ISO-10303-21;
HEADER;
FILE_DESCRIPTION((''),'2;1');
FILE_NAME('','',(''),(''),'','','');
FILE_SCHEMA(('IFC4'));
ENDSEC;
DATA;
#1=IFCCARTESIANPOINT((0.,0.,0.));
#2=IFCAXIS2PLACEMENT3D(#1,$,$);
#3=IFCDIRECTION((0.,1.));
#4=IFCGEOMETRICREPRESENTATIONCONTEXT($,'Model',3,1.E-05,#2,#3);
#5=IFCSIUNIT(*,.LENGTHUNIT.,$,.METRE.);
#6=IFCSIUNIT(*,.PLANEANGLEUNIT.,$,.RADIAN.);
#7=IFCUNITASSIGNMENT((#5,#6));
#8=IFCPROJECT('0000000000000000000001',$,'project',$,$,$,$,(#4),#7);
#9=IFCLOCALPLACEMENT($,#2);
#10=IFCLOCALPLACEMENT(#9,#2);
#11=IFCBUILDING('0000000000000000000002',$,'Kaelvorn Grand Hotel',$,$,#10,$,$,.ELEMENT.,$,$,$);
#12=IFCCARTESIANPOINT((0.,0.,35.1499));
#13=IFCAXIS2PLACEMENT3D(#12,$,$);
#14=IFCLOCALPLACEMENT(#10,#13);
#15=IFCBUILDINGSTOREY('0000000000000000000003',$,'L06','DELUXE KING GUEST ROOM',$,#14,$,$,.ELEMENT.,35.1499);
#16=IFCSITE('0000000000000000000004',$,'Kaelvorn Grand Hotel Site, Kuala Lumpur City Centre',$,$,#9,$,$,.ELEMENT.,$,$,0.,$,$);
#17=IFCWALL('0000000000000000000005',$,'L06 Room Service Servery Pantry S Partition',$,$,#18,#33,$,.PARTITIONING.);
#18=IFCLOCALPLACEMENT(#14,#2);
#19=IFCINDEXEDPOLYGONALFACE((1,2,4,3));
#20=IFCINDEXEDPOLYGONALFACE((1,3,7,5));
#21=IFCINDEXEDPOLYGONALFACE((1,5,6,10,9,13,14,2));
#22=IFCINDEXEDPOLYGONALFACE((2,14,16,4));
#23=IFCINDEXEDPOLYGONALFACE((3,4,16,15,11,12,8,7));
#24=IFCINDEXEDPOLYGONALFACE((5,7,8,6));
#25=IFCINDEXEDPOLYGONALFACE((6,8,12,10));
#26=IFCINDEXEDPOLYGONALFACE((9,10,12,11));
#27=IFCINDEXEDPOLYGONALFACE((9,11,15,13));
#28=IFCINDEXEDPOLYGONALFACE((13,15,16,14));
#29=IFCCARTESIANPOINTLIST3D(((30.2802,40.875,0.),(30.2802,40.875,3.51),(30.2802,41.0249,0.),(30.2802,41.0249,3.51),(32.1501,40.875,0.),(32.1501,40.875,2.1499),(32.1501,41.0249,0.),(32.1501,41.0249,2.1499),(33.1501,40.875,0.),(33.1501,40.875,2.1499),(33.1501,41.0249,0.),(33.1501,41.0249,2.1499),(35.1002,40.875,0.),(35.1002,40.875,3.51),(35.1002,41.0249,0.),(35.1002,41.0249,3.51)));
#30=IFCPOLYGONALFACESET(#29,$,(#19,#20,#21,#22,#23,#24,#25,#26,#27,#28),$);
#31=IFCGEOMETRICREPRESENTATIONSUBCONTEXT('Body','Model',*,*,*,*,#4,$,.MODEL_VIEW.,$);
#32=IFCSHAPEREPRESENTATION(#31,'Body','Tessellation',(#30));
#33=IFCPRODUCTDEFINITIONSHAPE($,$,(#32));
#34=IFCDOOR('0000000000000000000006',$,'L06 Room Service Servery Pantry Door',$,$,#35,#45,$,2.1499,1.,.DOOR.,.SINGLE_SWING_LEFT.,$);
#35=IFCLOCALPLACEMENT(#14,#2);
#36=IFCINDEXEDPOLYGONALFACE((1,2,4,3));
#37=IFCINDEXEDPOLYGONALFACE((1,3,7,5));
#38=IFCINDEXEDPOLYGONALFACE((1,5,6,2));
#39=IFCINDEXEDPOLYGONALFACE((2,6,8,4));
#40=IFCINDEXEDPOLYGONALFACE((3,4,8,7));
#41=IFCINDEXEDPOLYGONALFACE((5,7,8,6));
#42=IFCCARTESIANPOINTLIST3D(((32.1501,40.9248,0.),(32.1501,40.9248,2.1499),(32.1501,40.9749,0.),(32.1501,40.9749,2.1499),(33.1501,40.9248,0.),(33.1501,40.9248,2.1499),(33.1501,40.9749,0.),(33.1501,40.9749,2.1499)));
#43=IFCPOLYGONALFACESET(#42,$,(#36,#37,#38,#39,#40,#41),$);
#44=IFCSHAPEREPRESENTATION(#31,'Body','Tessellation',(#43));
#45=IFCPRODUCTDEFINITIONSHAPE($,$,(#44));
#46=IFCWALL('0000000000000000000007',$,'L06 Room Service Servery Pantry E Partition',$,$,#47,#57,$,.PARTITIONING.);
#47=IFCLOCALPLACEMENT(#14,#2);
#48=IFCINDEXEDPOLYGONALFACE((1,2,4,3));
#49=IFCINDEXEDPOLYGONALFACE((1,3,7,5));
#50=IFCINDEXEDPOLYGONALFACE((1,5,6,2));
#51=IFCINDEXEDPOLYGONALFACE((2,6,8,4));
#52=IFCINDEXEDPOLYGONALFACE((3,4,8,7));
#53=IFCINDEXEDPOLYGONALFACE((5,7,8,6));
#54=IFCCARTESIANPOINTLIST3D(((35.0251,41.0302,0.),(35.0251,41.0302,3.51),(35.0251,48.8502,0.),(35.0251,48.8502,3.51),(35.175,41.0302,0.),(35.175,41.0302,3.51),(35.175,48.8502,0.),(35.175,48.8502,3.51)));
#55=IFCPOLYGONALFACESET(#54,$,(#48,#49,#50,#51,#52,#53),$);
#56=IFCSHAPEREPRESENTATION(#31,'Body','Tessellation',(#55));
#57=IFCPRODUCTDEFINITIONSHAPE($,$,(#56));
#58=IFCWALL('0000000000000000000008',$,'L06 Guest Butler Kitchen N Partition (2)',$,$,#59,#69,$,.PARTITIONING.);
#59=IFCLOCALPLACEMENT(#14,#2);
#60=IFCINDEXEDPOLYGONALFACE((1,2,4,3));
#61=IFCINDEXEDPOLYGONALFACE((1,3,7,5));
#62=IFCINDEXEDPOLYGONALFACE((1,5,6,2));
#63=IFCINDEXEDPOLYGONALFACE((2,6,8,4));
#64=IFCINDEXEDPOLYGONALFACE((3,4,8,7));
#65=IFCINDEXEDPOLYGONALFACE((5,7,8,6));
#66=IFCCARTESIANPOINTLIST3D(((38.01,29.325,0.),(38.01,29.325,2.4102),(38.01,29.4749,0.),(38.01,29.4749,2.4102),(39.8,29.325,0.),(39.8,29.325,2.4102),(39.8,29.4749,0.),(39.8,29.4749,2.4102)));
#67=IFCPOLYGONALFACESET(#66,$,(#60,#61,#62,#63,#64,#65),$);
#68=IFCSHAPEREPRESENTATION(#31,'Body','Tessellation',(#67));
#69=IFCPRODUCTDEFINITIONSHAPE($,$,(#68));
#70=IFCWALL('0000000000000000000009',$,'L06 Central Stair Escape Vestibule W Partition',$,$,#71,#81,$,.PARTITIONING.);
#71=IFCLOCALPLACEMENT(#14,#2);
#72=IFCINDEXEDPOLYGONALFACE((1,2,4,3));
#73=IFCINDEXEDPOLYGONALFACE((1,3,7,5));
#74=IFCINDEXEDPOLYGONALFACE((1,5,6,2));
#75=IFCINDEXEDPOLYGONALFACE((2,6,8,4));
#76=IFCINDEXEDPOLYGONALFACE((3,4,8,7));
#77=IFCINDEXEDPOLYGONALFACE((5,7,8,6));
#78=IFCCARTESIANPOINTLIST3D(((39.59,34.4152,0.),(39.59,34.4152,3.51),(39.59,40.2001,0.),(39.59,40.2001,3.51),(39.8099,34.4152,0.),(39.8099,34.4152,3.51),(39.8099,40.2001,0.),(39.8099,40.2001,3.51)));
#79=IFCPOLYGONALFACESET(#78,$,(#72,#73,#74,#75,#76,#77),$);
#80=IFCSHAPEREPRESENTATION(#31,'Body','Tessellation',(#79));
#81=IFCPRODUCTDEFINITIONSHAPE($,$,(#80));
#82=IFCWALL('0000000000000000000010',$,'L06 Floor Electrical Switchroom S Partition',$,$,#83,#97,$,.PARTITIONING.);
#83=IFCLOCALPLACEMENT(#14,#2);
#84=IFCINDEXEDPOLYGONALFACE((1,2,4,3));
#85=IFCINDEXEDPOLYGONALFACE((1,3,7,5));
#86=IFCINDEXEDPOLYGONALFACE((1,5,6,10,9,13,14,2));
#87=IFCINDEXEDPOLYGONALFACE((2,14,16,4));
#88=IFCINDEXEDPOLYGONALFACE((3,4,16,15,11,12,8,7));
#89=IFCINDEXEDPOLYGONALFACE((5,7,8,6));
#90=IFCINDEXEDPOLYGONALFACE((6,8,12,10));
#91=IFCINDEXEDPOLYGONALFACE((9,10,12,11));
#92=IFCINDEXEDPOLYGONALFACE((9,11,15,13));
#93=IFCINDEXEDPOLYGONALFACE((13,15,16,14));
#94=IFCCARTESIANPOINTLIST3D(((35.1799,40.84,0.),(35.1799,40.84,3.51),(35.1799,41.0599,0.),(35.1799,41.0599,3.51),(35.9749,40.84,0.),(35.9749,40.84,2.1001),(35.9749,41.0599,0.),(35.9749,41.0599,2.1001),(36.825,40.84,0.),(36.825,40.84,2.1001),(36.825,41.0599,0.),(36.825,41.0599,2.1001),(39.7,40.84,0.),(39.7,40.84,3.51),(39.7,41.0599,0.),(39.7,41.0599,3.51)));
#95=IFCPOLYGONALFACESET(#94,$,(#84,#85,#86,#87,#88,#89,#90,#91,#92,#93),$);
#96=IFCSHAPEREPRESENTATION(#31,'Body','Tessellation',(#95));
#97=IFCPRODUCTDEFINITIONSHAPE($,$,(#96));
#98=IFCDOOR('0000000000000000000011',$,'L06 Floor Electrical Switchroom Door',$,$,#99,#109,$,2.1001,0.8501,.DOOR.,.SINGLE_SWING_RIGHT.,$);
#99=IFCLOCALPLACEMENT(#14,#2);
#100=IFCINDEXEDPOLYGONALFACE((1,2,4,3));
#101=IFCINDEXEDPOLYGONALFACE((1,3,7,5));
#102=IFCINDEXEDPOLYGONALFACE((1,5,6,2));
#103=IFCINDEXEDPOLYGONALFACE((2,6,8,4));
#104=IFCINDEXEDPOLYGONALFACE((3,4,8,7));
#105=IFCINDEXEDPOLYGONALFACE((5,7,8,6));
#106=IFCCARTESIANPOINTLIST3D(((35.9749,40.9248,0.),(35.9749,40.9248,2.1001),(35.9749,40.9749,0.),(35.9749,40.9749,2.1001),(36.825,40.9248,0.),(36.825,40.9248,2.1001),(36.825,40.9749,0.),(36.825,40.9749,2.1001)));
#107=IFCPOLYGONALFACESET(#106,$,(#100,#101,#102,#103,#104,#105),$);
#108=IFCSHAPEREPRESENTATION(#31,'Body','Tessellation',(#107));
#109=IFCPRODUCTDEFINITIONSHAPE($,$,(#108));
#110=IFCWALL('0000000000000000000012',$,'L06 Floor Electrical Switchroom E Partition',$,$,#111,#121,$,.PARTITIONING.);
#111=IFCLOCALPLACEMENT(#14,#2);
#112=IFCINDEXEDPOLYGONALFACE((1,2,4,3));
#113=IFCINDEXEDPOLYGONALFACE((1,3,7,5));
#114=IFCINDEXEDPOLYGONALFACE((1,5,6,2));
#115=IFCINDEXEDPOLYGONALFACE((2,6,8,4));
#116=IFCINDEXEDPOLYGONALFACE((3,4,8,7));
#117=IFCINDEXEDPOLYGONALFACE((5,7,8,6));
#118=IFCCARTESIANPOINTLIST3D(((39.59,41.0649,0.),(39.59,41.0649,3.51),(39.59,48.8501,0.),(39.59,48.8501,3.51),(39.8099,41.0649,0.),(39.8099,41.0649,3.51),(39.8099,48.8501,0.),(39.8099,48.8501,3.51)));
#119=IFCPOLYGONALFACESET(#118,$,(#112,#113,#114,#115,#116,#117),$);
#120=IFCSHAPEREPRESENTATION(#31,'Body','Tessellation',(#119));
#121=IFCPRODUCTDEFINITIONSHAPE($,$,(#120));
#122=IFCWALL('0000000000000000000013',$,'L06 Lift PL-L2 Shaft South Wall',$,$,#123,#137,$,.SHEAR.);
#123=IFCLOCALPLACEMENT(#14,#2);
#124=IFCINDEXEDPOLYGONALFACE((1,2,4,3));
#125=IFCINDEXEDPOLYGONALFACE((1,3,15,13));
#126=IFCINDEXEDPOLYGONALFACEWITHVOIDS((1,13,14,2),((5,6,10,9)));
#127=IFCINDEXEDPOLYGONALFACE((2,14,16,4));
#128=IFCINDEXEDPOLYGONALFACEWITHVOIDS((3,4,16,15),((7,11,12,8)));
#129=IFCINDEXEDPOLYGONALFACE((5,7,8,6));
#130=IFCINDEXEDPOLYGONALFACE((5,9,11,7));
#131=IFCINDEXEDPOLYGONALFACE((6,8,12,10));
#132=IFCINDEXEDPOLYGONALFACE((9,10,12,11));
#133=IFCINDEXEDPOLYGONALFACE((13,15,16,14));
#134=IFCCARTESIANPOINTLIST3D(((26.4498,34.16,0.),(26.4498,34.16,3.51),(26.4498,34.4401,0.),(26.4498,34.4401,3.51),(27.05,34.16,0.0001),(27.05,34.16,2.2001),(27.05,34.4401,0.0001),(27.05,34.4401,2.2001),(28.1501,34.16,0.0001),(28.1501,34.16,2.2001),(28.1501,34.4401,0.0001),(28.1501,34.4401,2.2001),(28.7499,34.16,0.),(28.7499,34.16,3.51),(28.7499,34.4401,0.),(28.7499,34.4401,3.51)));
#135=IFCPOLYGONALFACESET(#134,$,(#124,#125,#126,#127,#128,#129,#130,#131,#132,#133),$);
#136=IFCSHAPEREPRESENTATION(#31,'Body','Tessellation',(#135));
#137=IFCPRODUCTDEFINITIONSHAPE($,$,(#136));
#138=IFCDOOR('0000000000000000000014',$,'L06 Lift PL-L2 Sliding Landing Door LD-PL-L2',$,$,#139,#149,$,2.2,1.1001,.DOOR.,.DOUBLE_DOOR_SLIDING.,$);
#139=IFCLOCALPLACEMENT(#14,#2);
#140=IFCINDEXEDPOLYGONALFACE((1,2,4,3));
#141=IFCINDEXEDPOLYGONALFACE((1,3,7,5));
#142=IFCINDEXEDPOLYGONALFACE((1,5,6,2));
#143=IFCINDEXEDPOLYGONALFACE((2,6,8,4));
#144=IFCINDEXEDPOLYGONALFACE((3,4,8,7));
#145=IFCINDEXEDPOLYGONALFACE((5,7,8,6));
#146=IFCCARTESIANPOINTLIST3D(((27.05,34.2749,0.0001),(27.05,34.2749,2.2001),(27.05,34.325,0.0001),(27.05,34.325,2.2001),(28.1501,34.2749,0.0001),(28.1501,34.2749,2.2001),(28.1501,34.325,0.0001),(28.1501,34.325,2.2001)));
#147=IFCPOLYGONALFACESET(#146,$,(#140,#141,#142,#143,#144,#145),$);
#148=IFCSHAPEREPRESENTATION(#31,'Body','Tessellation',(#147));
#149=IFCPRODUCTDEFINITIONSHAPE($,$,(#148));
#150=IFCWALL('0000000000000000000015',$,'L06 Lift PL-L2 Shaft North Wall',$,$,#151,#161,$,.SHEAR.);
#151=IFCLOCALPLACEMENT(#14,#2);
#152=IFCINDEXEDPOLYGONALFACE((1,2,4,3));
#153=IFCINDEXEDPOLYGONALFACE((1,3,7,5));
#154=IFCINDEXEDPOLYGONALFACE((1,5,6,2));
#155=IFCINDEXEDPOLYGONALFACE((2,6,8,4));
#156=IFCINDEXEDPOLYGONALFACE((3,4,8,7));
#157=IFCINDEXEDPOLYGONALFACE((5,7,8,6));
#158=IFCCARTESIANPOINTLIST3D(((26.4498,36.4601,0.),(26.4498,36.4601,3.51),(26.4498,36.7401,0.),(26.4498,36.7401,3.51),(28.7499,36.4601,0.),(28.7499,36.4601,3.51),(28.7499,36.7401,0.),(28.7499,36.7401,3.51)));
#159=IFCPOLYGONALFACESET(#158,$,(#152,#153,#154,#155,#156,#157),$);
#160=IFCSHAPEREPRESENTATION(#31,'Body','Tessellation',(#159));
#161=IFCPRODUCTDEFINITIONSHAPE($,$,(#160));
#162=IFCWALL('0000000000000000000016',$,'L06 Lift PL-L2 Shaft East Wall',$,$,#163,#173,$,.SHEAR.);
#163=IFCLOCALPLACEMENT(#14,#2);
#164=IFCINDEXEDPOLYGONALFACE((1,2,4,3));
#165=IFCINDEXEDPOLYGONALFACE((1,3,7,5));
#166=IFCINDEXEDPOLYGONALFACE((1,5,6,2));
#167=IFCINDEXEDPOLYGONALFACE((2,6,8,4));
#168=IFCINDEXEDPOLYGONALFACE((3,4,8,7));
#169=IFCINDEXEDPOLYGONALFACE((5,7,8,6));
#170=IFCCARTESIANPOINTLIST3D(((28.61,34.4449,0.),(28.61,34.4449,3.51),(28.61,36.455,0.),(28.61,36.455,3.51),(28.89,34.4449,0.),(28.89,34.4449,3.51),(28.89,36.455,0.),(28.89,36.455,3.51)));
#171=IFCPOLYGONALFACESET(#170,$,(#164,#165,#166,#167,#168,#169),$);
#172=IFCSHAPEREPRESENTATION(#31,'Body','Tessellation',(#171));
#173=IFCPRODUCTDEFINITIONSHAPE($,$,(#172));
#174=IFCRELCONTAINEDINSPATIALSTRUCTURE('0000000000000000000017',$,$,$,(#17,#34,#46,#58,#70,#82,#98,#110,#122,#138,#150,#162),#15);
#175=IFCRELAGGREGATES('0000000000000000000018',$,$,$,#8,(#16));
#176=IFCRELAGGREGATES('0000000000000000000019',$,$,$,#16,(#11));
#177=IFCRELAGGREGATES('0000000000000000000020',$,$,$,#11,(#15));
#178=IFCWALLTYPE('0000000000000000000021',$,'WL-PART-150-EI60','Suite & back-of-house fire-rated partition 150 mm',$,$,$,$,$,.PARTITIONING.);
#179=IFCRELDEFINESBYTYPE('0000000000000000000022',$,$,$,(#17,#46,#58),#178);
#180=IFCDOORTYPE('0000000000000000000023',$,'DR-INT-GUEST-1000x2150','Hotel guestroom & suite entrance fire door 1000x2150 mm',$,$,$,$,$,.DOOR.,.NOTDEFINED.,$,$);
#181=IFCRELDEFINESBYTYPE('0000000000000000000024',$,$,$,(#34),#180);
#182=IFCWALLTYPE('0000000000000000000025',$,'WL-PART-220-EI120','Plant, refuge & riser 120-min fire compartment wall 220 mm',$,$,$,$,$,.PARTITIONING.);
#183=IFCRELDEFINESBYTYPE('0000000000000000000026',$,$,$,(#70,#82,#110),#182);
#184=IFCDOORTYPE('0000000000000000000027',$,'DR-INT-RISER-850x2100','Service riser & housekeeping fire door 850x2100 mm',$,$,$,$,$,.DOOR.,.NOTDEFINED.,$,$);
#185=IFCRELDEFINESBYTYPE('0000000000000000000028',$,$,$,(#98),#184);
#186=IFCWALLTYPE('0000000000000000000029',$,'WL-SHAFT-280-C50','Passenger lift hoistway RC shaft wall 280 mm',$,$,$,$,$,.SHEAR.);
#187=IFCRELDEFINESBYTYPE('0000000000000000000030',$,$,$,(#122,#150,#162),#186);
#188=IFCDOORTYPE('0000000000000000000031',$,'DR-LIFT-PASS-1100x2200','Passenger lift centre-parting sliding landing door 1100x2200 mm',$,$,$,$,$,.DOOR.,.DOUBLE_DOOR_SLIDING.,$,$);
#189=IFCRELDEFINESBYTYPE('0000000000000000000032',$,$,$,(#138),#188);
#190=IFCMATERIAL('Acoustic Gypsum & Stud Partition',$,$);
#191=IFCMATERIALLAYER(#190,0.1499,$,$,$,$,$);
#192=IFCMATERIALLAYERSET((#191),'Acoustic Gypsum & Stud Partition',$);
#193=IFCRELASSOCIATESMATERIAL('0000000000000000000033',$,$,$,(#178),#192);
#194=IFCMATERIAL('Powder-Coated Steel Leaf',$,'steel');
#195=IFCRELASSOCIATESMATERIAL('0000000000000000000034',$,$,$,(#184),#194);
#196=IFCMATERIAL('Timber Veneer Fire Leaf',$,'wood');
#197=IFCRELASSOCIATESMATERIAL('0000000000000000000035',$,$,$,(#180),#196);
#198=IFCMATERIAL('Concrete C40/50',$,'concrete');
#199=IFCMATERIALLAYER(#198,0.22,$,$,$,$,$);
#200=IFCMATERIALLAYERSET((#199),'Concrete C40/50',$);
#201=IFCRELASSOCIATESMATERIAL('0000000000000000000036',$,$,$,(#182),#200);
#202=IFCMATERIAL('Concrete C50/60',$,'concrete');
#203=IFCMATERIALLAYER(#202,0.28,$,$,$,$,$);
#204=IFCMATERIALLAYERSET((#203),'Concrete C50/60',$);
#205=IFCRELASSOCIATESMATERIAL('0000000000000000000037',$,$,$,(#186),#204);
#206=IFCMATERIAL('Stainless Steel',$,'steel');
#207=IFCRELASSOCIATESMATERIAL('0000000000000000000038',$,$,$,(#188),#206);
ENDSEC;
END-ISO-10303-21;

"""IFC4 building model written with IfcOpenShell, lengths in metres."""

from ifc_helpers import new_model, si_unit, direction, frame, frame_2d, origin, place, context, subcontext, project, spatial, rectangle, extrude, material, layer, layer_set, type_object, element, fill, save


model = new_model("IFC4")

# Units and contexts
model_context = context("Model", 3, precision=1e-05, world=origin(), true_north=direction((0.0, 1.0)))
body_context = subcontext(model_context, "Body", "Model", "MODEL_VIEW")
ifc_project = project(units=[si_unit("LENGTHUNIT", "METRE"), si_unit("PLANEANGLEUNIT", "RADIAN")], contexts=[model_context])

# Site, building, storey
site_placement = place(None, origin())
site = spatial("IfcSite", under=ifc_project, at=site_placement, Name="Kaelvorn Grand Hotel Site, Kuala Lumpur City Centre", CompositionType="ELEMENT", RefElevation=0.0)
building_placement = place(site_placement, origin())
building = spatial("IfcBuilding", under=site, at=building_placement, Name="Kaelvorn Grand Hotel", CompositionType="ELEMENT")
storey_placement = place(building_placement, frame((0.0, 0.0, 35.1499)))
storey = spatial("IfcBuildingStorey", under=building, at=storey_placement, Name="L06", Description="DELUXE KING GUEST ROOM", CompositionType="ELEMENT", Elevation=35.1499)

# Shared definitions
ifc_material_1 = material(Name="Acoustic Gypsum & Stud Partition")
ifc_layer_1 = layer(ifc_material_1, 0.1499)
ifc_layer_set_1 = layer_set([ifc_layer_1], Name="Acoustic Gypsum & Stud Partition")
wall_type_1 = type_object("IfcWallType", Name="WL-PART-150-EI60", Description="Suite & back-of-house fire-rated partition 150 mm", PredefinedType="PARTITIONING", material=ifc_layer_set_1)
ifc_material_2 = material(Name="Powder-Coated Steel Leaf", Category="steel")
door_type_1 = type_object("IfcDoorType", Name="DR-INT-RISER-850x2100", Description="Service riser & housekeeping fire door 850x2100 mm", OperationType="NOTDEFINED", PredefinedType="DOOR", material=ifc_material_2)

# Wall, opening, door
wall_1_placement = place(storey_placement, frame((30.28, 40.95, 0.0), z_axis=(0.0, 0.0, 1.0), x_axis=(1.0, 0.0, 0.0)))
wall_1 = element("IfcWall", 1, at=wall_1_placement, inside=storey, type_object=wall_type_1, Name="L06 Room Service Servery Pantry S Partition", PredefinedType="PARTITIONING", context=body_context, shape_type="SweptSolid", body=[
    extrude(rectangle(XDim=4.8201, YDim=0.1499, at=frame_2d((2.4102, 0.0))), origin(), (0.0, 0.0, 1.0), 3.51),
])
opening_1_placement = place(wall_1_placement, frame((1.8701, 0.0, 0.0)))
opening_1 = element("IfcOpeningElement", 2, at=opening_1_placement, cuts=wall_1, PredefinedType="OPENING", context=body_context, shape_type="SweptSolid", body=[
    extrude(rectangle(XDim=1.0, YDim=2.1499, at=frame_2d((0.5, 1.075))), frame((0.0, 0.085, 0.0), z_axis=(0.0, -1.0, 0.0), x_axis=(1.0, 0.0, 0.0)), (0.0, 0.0, 1.0), 0.1699),
])
ifc_material_3 = material(Name="Timber Veneer Fire Leaf", Category="wood")
door_type_2 = type_object("IfcDoorType", Name="DR-INT-GUEST-1000x2150", Description="Hotel guestroom & suite entrance fire door 1000x2150 mm", OperationType="NOTDEFINED", PredefinedType="DOOR", material=ifc_material_3)
door_1_placement = place(opening_1_placement, origin())
door_1 = element("IfcDoor", 3, at=door_1_placement, inside=storey, type_object=door_type_2, Name="L06 Room Service Servery Pantry Door", OperationType="SINGLE_SWING_LEFT", OverallHeight=2.1499, OverallWidth=1.0, PredefinedType="DOOR", context=body_context, shape_type="SweptSolid", body=[
    extrude(rectangle(XDim=1.0, YDim=2.1499, at=frame_2d((0.5, 1.075))), frame((0.0, 0.0249, 0.0), z_axis=(0.0, -1.0, 0.0), x_axis=(1.0, 0.0, 0.0)), (0.0, 0.0, 1.0), 0.05),
])
fill(opening_1, door_1)

# Walls
wall_2_placement = place(storey_placement, frame((35.1001, 41.03, 0.0), z_axis=(0.0, 0.0, 1.0), x_axis=(0.0, 1.0, 0.0)))
element("IfcWall", 4, at=wall_2_placement, inside=storey, type_object=wall_type_1, Name="L06 Room Service Servery Pantry E Partition", PredefinedType="PARTITIONING", context=body_context, shape_type="SweptSolid", body=[
    extrude(rectangle(XDim=7.8201, YDim=0.1499, at=frame_2d((3.9102, 0.0))), origin(), (0.0, 0.0, 1.0), 3.51),
])
wall_3_placement = place(storey_placement, frame((38.01, 29.3999, 0.0), z_axis=(0.0, 0.0, 1.0), x_axis=(1.0, 0.0, 0.0)))
element("IfcWall", 5, at=wall_3_placement, inside=storey, type_object=wall_type_1, Name="L06 Guest Butler Kitchen N Partition (2)", PredefinedType="PARTITIONING", context=body_context, shape_type="SweptSolid", body=[
    extrude(rectangle(XDim=1.79, YDim=0.1499, at=frame_2d((0.895, 0.0))), origin(), (0.0, 0.0, 1.0), 2.4102),
])

# Shared definitions
ifc_material_4 = material(Name="Concrete C40/50", Category="concrete")
ifc_layer_2 = layer(ifc_material_4, 0.22)
ifc_layer_set_2 = layer_set([ifc_layer_2], Name="Concrete C40/50")
wall_type_2 = type_object("IfcWallType", Name="WL-PART-220-EI120", Description="Plant, refuge & riser 120-min fire compartment wall 220 mm", PredefinedType="PARTITIONING", material=ifc_layer_set_2)

# Wall
wall_4_placement = place(storey_placement, frame((39.7, 34.415, 0.0), z_axis=(0.0, 0.0, 1.0), x_axis=(0.0, 1.0, 0.0)))
element("IfcWall", 6, at=wall_4_placement, inside=storey, type_object=wall_type_2, Name="L06 Central Stair Escape Vestibule W Partition", PredefinedType="PARTITIONING", context=body_context, shape_type="SweptSolid", body=[
    extrude(rectangle(XDim=5.7849, YDim=0.22, at=frame_2d((2.8926, 0.0))), origin(), (0.0, 0.0, 1.0), 3.51),
])

# Wall, opening, door
wall_5_placement = place(storey_placement, frame((35.1799, 40.95, 0.0), z_axis=(0.0, 0.0, 1.0), x_axis=(1.0, 0.0, 0.0)))
wall_5 = element("IfcWall", 7, at=wall_5_placement, inside=storey, type_object=wall_type_2, Name="L06 Floor Electrical Switchroom S Partition", PredefinedType="PARTITIONING", context=body_context, shape_type="SweptSolid", body=[
    extrude(rectangle(XDim=4.52, YDim=0.22, at=frame_2d((2.26, 0.0))), origin(), (0.0, 0.0, 1.0), 3.51),
])
opening_2_placement = place(wall_5_placement, frame((0.7949, 0.0, 0.0)))
opening_2 = element("IfcOpeningElement", 8, at=opening_2_placement, cuts=wall_5, PredefinedType="OPENING", context=body_context, shape_type="SweptSolid", body=[
    extrude(rectangle(XDim=0.8501, YDim=2.1001, at=frame_2d((0.425, 1.05))), frame((0.0, 0.1201, 0.0), z_axis=(0.0, -1.0, 0.0), x_axis=(1.0, 0.0, 0.0)), (0.0, 0.0, 1.0), 0.24),
])
door_2_placement = place(opening_2_placement, origin())
door_2 = element("IfcDoor", 9, at=door_2_placement, inside=storey, type_object=door_type_1, Name="L06 Floor Electrical Switchroom Door", OperationType="SINGLE_SWING_RIGHT", OverallHeight=2.1001, OverallWidth=0.8501, PredefinedType="DOOR", context=body_context, shape_type="SweptSolid", body=[
    extrude(rectangle(XDim=0.8501, YDim=2.1001, at=frame_2d((0.425, 1.05))), frame((0.0, 0.0249, 0.0), z_axis=(0.0, -1.0, 0.0), x_axis=(1.0, 0.0, 0.0)), (0.0, 0.0, 1.0), 0.05),
])
fill(opening_2, door_2)

# Wall
wall_6_placement = place(storey_placement, frame((39.7, 41.0649, 0.0), z_axis=(0.0, 0.0, 1.0), x_axis=(0.0, 1.0, 0.0)))
element("IfcWall", 10, at=wall_6_placement, inside=storey, type_object=wall_type_2, Name="L06 Floor Electrical Switchroom E Partition", PredefinedType="PARTITIONING", context=body_context, shape_type="SweptSolid", body=[
    extrude(rectangle(XDim=7.7852, YDim=0.22, at=frame_2d((3.8926, 0.0))), origin(), (0.0, 0.0, 1.0), 3.51),
])

# Wall, opening, door
ifc_material_5 = material(Name="Concrete C50/60", Category="concrete")
ifc_layer_3 = layer(ifc_material_5, 0.28)
ifc_layer_set_3 = layer_set([ifc_layer_3], Name="Concrete C50/60")
wall_type_3 = type_object("IfcWallType", Name="WL-SHAFT-280-C50", Description="Passenger lift hoistway RC shaft wall 280 mm", PredefinedType="SHEAR", material=ifc_layer_set_3)
wall_7_placement = place(storey_placement, frame((26.45, 34.3, 0.0), z_axis=(0.0, 0.0, 1.0), x_axis=(1.0, 0.0, 0.0)))
wall_7 = element("IfcWall", 11, at=wall_7_placement, inside=storey, type_object=wall_type_3, Name="L06 Lift PL-L2 Shaft South Wall", PredefinedType="SHEAR", context=body_context, shape_type="SweptSolid", body=[
    extrude(rectangle(XDim=2.3, YDim=0.28, at=frame_2d((1.1499, 0.0))), origin(), (0.0, 0.0, 1.0), 3.51),
])
opening_3_placement = place(wall_7_placement, frame((0.6001, 0.0, 0.0)))
opening_3 = element("IfcOpeningElement", 12, at=opening_3_placement, cuts=wall_7, PredefinedType="OPENING", context=body_context, shape_type="SweptSolid", body=[
    extrude(rectangle(XDim=1.1001, YDim=2.2, at=frame_2d((0.55, 1.1001))), frame((0.0, 0.1499, 0.0), z_axis=(0.0, -1.0, 0.0), x_axis=(1.0, 0.0, 0.0)), (0.0, 0.0, 1.0), 0.3),
])
ifc_material_6 = material(Name="Stainless Steel", Category="steel")
door_type_3 = type_object("IfcDoorType", Name="DR-LIFT-PASS-1100x2200", Description="Passenger lift centre-parting sliding landing door 1100x2200 mm", OperationType="DOUBLE_DOOR_SLIDING", PredefinedType="DOOR", material=ifc_material_6)
door_3_placement = place(opening_3_placement, origin())
door_3 = element("IfcDoor", 13, at=door_3_placement, inside=storey, type_object=door_type_3, Name="L06 Lift PL-L2 Sliding Landing Door LD-PL-L2", OperationType="DOUBLE_DOOR_SLIDING", OverallHeight=2.2, OverallWidth=1.1001, PredefinedType="DOOR", context=body_context, shape_type="SweptSolid", body=[
    extrude(rectangle(XDim=1.1001, YDim=2.2, at=frame_2d((0.55, 1.1001))), frame((0.0, 0.0249, 0.0), z_axis=(0.0, -1.0, 0.0), x_axis=(1.0, 0.0, 0.0)), (0.0, 0.0, 1.0), 0.05),
])
fill(opening_3, door_3)

# Walls
wall_8_placement = place(storey_placement, frame((26.45, 36.6001, 0.0), z_axis=(0.0, 0.0, 1.0), x_axis=(1.0, 0.0, 0.0)))
element("IfcWall", 14, at=wall_8_placement, inside=storey, type_object=wall_type_3, Name="L06 Lift PL-L2 Shaft North Wall", PredefinedType="SHEAR", context=body_context, shape_type="SweptSolid", body=[
    extrude(rectangle(XDim=2.3, YDim=0.28, at=frame_2d((1.1499, 0.0))), origin(), (0.0, 0.0, 1.0), 3.51),
])
wall_9_placement = place(storey_placement, frame((28.75, 34.4451, 0.0), z_axis=(0.0, 0.0, 1.0), x_axis=(0.0, 1.0, 0.0)))
element("IfcWall", 15, at=wall_9_placement, inside=storey, type_object=wall_type_3, Name="L06 Lift PL-L2 Shaft East Wall", PredefinedType="SHEAR", context=body_context, shape_type="SweptSolid", body=[
    extrude(rectangle(XDim=2.01, YDim=0.28, at=frame_2d((1.0049, 0.0))), origin(), (0.0, 0.0, 1.0), 3.51),
])

save(model, "model.ifc")
